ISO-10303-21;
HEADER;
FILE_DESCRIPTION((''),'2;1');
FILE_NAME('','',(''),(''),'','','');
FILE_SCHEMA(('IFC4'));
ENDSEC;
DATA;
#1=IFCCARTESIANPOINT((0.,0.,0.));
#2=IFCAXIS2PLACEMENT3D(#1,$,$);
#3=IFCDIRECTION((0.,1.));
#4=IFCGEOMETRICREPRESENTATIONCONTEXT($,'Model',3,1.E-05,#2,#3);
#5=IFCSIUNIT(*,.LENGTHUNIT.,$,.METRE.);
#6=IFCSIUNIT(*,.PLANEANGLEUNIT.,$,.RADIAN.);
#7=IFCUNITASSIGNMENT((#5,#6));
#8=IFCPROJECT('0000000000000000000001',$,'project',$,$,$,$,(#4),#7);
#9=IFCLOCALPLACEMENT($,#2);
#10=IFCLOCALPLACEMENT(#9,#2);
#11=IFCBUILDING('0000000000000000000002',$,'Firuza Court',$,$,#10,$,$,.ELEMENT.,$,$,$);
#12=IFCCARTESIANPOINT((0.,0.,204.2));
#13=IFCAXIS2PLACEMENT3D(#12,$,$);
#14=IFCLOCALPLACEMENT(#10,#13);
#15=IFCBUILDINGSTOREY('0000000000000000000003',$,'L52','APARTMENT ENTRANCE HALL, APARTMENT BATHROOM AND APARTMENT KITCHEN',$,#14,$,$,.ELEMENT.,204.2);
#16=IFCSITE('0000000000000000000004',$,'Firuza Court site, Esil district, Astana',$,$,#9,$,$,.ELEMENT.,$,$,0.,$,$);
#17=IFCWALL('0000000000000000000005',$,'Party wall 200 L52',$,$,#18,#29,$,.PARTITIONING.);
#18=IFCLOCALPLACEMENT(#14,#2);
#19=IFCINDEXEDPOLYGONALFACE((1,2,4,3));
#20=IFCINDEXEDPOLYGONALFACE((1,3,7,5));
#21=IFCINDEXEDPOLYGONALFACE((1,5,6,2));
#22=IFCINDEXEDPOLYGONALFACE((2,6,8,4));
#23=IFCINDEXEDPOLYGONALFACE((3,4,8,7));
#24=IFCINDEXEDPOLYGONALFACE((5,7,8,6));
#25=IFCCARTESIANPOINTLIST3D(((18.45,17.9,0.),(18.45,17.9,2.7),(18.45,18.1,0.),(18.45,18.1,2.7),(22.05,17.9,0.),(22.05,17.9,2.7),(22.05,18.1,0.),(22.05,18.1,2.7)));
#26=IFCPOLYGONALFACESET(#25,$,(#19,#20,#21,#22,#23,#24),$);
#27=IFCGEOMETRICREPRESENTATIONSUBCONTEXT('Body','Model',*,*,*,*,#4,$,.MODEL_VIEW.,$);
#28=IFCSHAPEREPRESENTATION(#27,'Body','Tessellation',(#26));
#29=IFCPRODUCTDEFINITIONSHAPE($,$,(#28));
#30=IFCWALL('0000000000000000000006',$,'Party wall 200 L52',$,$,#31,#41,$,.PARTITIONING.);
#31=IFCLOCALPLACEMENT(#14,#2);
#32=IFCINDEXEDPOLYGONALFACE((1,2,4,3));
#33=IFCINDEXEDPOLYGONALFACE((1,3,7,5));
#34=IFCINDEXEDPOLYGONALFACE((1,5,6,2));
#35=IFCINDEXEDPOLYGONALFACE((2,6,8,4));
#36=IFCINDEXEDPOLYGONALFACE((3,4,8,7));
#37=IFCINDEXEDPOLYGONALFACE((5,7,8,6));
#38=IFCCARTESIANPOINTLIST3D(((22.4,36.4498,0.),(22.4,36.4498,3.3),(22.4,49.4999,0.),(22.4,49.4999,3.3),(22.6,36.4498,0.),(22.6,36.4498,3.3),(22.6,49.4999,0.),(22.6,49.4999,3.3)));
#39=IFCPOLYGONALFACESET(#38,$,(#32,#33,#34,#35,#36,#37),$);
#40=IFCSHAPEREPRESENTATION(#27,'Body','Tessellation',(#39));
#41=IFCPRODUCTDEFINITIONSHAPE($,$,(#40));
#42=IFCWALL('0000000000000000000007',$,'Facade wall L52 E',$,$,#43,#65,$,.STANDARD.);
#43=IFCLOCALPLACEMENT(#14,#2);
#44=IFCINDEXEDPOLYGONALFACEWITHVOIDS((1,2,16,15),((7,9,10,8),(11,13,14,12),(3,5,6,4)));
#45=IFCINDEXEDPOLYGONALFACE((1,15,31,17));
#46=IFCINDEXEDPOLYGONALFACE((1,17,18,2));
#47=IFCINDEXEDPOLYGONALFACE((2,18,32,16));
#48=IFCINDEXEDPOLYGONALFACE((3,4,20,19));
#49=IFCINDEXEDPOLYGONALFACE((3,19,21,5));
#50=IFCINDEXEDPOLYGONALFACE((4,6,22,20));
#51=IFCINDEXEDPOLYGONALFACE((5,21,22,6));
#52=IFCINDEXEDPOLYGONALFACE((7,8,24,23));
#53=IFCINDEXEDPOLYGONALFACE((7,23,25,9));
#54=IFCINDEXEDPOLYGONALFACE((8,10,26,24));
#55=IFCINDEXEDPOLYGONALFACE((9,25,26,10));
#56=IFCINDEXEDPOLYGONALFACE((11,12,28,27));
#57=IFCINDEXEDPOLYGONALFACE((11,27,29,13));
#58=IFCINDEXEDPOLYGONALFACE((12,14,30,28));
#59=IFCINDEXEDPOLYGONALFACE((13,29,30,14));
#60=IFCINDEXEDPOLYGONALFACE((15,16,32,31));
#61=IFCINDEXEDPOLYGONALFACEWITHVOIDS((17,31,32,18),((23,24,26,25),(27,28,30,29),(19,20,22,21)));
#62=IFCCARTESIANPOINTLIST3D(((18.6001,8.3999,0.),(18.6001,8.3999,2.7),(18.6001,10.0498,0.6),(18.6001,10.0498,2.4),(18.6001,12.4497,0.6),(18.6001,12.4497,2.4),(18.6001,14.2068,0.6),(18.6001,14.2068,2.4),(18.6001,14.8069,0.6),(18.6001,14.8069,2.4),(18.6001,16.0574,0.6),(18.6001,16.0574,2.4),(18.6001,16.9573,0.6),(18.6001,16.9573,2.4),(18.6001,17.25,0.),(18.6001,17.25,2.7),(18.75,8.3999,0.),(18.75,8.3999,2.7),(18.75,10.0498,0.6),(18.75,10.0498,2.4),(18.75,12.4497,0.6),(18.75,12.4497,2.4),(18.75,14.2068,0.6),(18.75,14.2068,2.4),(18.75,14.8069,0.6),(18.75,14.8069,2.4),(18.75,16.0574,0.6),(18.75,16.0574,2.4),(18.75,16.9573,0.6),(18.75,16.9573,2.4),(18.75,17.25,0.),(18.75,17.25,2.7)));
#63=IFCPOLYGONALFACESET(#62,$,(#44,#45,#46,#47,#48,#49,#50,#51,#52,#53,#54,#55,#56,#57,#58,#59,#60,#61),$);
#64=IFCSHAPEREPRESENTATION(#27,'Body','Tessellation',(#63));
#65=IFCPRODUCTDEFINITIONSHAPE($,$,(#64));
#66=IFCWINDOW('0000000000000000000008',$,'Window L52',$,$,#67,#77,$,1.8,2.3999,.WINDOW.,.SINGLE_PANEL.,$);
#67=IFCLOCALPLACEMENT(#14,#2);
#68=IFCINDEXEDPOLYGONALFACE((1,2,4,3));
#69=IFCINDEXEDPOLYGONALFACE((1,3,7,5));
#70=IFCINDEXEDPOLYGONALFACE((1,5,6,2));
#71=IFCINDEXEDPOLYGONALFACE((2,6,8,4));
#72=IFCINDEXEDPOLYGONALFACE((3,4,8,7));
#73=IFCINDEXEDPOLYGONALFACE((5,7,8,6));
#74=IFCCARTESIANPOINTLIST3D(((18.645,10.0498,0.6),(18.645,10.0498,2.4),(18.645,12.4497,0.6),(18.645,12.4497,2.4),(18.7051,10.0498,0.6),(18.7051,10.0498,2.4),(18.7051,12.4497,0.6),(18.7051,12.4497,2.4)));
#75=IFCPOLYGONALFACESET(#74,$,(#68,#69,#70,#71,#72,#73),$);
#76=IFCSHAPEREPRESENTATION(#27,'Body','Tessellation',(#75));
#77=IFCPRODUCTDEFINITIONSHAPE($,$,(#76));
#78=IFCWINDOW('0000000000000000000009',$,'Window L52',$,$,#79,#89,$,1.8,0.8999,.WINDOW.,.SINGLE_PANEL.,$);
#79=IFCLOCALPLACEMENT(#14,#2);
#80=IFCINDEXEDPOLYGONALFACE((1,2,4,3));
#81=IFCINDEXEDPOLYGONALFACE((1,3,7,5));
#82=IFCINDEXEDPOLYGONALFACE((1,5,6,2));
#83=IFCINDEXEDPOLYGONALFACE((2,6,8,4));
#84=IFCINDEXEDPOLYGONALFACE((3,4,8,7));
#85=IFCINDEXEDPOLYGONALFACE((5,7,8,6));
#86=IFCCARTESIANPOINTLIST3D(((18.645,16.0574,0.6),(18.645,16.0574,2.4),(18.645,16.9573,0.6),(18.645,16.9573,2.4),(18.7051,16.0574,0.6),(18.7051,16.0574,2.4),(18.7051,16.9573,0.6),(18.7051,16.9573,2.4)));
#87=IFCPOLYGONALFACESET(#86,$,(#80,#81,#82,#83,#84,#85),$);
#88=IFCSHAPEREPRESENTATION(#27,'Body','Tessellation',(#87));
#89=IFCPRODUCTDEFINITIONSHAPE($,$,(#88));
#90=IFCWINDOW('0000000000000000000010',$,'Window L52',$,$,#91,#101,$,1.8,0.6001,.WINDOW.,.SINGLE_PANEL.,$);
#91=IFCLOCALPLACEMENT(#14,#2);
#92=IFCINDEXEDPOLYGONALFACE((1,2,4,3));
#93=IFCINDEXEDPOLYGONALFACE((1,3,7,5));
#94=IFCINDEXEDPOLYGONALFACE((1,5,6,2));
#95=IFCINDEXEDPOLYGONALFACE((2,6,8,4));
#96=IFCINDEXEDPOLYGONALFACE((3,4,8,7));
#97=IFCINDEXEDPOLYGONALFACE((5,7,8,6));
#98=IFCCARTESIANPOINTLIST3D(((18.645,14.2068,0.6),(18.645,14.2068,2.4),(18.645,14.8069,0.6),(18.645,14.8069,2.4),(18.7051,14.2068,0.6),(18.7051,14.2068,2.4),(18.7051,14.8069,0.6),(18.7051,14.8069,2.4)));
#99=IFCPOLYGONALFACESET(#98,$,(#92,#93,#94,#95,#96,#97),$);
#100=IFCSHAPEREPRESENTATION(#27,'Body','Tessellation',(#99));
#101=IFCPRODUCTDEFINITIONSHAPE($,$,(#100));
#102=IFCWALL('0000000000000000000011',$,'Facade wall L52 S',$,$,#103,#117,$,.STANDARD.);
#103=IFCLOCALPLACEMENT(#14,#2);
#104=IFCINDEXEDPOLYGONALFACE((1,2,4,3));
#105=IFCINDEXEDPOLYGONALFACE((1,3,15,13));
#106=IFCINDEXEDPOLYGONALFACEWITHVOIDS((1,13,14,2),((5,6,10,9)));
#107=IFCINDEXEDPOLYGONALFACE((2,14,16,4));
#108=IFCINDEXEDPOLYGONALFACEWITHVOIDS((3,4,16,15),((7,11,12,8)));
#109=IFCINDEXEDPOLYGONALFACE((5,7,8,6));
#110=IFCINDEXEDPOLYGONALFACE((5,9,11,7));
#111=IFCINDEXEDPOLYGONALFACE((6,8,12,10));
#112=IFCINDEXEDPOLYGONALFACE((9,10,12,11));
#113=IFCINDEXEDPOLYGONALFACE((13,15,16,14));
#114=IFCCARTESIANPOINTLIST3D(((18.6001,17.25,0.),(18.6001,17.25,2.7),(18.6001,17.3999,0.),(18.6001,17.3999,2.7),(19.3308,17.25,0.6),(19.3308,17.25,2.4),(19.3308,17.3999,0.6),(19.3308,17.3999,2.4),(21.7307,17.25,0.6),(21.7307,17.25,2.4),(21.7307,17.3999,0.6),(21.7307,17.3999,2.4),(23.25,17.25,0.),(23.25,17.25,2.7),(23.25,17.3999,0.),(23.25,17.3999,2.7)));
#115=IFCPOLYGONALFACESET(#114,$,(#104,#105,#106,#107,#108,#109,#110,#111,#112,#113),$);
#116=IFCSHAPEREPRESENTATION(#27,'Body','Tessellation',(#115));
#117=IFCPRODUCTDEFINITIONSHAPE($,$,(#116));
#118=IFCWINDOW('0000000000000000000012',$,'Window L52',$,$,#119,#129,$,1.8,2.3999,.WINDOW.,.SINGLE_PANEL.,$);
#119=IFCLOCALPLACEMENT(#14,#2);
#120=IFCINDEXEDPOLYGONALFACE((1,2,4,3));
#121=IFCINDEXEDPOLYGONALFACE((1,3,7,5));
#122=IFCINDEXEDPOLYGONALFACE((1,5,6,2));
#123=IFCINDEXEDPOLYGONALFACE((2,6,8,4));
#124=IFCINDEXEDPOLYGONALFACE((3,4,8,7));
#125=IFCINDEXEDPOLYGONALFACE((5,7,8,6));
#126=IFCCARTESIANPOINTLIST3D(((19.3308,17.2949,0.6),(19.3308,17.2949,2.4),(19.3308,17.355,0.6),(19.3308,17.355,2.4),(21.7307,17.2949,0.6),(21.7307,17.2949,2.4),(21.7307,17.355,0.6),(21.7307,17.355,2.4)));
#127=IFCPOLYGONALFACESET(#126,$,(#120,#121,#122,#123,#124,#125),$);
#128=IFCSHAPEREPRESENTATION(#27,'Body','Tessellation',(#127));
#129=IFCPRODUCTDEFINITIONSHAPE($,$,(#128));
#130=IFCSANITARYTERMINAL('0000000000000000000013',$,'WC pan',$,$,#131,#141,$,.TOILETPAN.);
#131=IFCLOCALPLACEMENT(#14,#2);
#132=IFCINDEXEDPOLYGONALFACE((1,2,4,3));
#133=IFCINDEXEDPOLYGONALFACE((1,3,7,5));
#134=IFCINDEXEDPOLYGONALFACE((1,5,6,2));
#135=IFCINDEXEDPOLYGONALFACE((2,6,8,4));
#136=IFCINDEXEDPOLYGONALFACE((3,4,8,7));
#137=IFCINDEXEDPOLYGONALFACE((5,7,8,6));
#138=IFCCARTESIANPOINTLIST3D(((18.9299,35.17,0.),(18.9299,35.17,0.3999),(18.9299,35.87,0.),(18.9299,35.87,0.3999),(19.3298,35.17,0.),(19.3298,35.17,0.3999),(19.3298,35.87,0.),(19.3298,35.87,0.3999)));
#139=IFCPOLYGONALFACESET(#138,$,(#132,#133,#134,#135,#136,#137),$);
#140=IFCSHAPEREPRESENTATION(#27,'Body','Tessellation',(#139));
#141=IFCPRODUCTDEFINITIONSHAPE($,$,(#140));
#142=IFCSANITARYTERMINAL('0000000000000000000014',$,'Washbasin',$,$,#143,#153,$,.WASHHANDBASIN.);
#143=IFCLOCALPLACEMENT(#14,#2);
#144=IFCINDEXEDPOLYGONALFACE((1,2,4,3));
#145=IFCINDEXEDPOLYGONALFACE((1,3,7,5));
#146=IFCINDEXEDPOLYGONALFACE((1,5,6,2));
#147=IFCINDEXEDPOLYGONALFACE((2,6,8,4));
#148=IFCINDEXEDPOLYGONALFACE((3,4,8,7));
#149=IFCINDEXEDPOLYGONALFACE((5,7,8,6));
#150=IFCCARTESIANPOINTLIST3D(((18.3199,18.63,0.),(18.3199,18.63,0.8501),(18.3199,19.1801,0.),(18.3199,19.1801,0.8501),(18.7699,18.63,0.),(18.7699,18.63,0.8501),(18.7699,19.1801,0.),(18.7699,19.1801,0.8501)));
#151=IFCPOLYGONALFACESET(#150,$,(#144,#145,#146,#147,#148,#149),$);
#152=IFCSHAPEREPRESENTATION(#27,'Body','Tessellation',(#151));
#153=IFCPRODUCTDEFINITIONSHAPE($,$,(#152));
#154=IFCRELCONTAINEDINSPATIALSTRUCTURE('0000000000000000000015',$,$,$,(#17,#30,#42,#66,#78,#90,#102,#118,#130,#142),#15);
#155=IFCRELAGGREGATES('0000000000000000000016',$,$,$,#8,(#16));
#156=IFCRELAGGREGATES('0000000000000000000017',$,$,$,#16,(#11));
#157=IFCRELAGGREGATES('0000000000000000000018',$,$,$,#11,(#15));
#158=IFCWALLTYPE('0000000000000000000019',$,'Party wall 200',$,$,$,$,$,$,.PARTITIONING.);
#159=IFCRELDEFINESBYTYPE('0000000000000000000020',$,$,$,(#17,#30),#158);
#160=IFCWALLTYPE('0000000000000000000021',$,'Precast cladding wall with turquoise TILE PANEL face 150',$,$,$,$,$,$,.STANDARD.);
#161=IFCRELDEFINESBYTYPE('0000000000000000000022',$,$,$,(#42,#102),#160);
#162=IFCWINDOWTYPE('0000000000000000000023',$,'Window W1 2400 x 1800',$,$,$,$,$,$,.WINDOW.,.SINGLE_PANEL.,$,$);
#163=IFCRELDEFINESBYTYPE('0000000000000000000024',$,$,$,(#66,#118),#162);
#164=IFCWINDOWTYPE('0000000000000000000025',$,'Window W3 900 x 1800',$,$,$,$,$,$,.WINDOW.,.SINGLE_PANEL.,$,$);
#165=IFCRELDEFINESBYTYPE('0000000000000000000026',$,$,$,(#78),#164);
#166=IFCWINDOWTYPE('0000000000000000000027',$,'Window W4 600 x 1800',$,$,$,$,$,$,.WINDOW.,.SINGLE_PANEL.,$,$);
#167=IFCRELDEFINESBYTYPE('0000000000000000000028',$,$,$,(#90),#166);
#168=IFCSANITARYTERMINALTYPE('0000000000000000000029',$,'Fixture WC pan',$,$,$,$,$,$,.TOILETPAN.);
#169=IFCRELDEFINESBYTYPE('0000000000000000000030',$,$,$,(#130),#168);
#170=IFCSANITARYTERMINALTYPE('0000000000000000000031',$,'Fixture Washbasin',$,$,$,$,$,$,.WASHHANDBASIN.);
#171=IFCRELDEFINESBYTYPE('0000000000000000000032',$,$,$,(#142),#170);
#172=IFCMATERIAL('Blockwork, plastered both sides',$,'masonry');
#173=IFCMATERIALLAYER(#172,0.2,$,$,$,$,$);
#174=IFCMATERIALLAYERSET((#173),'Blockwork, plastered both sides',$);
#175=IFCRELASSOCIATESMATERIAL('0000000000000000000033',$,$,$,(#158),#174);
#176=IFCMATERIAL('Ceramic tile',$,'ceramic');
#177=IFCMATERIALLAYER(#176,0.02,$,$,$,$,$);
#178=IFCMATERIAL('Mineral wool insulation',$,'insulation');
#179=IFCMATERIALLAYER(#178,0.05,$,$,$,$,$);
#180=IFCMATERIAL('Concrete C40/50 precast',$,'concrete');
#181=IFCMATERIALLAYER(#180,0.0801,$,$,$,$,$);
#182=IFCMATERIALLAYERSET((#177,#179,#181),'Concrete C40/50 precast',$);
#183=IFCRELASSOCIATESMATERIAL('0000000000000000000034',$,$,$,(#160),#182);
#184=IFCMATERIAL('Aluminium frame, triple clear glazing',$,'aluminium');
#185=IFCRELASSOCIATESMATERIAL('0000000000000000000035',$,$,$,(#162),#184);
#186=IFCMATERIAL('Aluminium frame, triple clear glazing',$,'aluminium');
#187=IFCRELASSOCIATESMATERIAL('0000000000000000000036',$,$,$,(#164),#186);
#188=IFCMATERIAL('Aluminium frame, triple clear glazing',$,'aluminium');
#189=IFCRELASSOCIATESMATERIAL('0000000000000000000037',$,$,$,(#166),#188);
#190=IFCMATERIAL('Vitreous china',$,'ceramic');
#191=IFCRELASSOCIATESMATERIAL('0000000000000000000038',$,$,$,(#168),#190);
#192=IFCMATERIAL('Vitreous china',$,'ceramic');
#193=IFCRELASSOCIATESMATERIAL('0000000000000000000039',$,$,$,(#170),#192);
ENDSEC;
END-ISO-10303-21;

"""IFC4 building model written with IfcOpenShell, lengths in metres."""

from ifc_helpers import new_model, si_unit, direction, frame, frame_2d, origin, origin_2d, place, context, subcontext, project, spatial, rectangle, extrude, material, layer, layer_set, type_object, element, fill, save


model = new_model("IFC4")

# Units and contexts
model_context = context("Model", 3, precision=1e-05, world=origin(), true_north=direction((0.0, 1.0)))
body_context = subcontext(model_context, "Body", "Model", "MODEL_VIEW")
ifc_project = project(units=[si_unit("LENGTHUNIT", "METRE"), si_unit("PLANEANGLEUNIT", "RADIAN")], contexts=[model_context])

# Site, building, storey
site_placement = place(None, origin())
site = spatial("IfcSite", under=ifc_project, at=site_placement, Name="Firuza Court site, Esil district, Astana", CompositionType="ELEMENT", RefElevation=0.0)
building_placement = place(site_placement, origin())
building = spatial("IfcBuilding", under=site, at=building_placement, Name="Firuza Court", CompositionType="ELEMENT")
storey_placement = place(building_placement, frame((0.0, 0.0, 204.2)))
storey = spatial("IfcBuildingStorey", under=building, at=storey_placement, Name="L52", Description="APARTMENT ENTRANCE HALL, APARTMENT BATHROOM AND APARTMENT KITCHEN", CompositionType="ELEMENT", Elevation=204.2)

# Walls
ifc_material_1 = material(Name="Blockwork, plastered both sides", Category="masonry")
ifc_layer_1 = layer(ifc_material_1, 0.2)
ifc_layer_set_1 = layer_set([ifc_layer_1], Name="Blockwork, plastered both sides")
wall_type_1 = type_object("IfcWallType", Name="Party wall 200", PredefinedType="PARTITIONING", material=ifc_layer_set_1)
wall_1_placement = place(storey_placement, frame((18.45, 18.0, 0.0), z_axis=(0.0, 0.0, 1.0), x_axis=(1.0, 0.0, 0.0)))
element("IfcWall", 1, at=wall_1_placement, inside=storey, type_object=wall_type_1, Name="Party wall 200 L52", PredefinedType="PARTITIONING", context=body_context, shape_type="SweptSolid", body=[
    extrude(rectangle(XDim=3.6001, YDim=0.2, at=frame_2d((1.8, 0.0))), origin(), (0.0, 0.0, 1.0), 2.7),
])
wall_2_placement = place(storey_placement, frame((22.5, 36.45, 0.0), z_axis=(0.0, 0.0, 1.0), x_axis=(0.0, 1.0, 0.0)))
element("IfcWall", 2, at=wall_2_placement, inside=storey, type_object=wall_type_1, Name="Party wall 200 L52", PredefinedType="PARTITIONING", context=body_context, shape_type="SweptSolid", body=[
    extrude(rectangle(XDim=13.05, YDim=0.2, at=frame_2d((6.5249, 0.0))), origin(), (0.0, 0.0, 1.0), 3.3),
])

# Wall, openings, windows
ifc_material_2 = material(Name="Ceramic tile", Category="ceramic")
ifc_layer_2 = layer(ifc_material_2, 0.02)
ifc_material_3 = material(Name="Mineral wool insulation", Category="insulation")
ifc_layer_3 = layer(ifc_material_3, 0.05)
ifc_material_4 = material(Name="Concrete C40/50 precast", Category="concrete")
ifc_layer_4 = layer(ifc_material_4, 0.0801)
ifc_layer_set_2 = layer_set([ifc_layer_2, ifc_layer_3, ifc_layer_4], Name="Concrete C40/50 precast")
wall_type_2 = type_object("IfcWallType", Name="Precast cladding wall with turquoise TILE PANEL face 150", PredefinedType="STANDARD", material=ifc_layer_set_2)
wall_3_placement = place(storey_placement, frame((18.675, 8.3999, 0.0), z_axis=(0.0, 0.0, 1.0), x_axis=(0.0, 1.0, 0.0)))
wall_3 = element("IfcWall", 3, at=wall_3_placement, inside=storey, type_object=wall_type_2, Name="Facade wall L52 E", PredefinedType="STANDARD", context=body_context, shape_type="SweptSolid", body=[
    extrude(rectangle(XDim=8.8501, YDim=0.1499, at=frame_2d((4.425, 0.0))), origin(), (0.0, 0.0, 1.0), 2.7),
])
opening_1_placement = place(wall_3_placement, frame((1.6499, 0.0, 0.6001)))
opening_1 = element("IfcOpeningElement", 4, at=opening_1_placement, cuts=wall_3, PredefinedType="OPENING", context=body_context, shape_type="SweptSolid", body=[
    extrude(rectangle(XDim=2.3999, YDim=1.8, at=frame_2d((1.2, 0.8999))), frame((0.0, 0.0869, 0.0), z_axis=(0.0, -1.0, 0.0), x_axis=(1.0, 0.0, 0.0)), (0.0, 0.0, 1.0), 0.1738),
])
opening_2_placement = place(wall_3_placement, frame((5.8069, 0.0, 0.6001)))
opening_2 = element("IfcOpeningElement", 5, at=opening_2_placement, cuts=wall_3, PredefinedType="OPENING", context=body_context, shape_type="SweptSolid", body=[
    extrude(rectangle(XDim=0.6001, YDim=1.8, at=frame_2d((0.3, 0.8999))), frame((0.0, 0.0869, 0.0), z_axis=(0.0, -1.0, 0.0), x_axis=(1.0, 0.0, 0.0)), (0.0, 0.0, 1.0), 0.1738),
])
opening_3_placement = place(wall_3_placement, frame((7.6575, 0.0, 0.6001)))
opening_3 = element("IfcOpeningElement", 6, at=opening_3_placement, cuts=wall_3, PredefinedType="OPENING", context=body_context, shape_type="SweptSolid", body=[
    extrude(rectangle(XDim=0.8999, YDim=1.8, at=frame_2d((0.45, 0.8999))), frame((0.0, 0.0869, 0.0), z_axis=(0.0, -1.0, 0.0), x_axis=(1.0, 0.0, 0.0)), (0.0, 0.0, 1.0), 0.1738),
])
ifc_material_5 = material(Name="Aluminium frame, triple clear glazing", Category="aluminium")
window_type_1 = type_object("IfcWindowType", Name="Window W1 2400 x 1800", PartitioningType="SINGLE_PANEL", PredefinedType="WINDOW", material=ifc_material_5)
window_1_placement = place(opening_1_placement, origin())
window_1 = element("IfcWindow", 7, at=window_1_placement, inside=storey, type_object=window_type_1, Name="Window L52", OverallHeight=1.8, OverallWidth=2.3999, PartitioningType="SINGLE_PANEL", PredefinedType="WINDOW", context=body_context, shape_type="SweptSolid", body=[
    extrude(rectangle(XDim=2.3999, YDim=1.8, at=frame_2d((1.2, 0.8999))), frame((0.0, 0.03, 0.0), z_axis=(0.0, -1.0, 0.0), x_axis=(1.0, 0.0, 0.0)), (0.0, 0.0, 1.0), 0.0601),
])
fill(opening_1, window_1)
ifc_material_6 = material(Name="Aluminium frame, triple clear glazing", Category="aluminium")
window_type_2 = type_object("IfcWindowType", Name="Window W3 900 x 1800", PartitioningType="SINGLE_PANEL", PredefinedType="WINDOW", material=ifc_material_6)
window_2_placement = place(opening_3_placement, origin())
window_2 = element("IfcWindow", 8, at=window_2_placement, inside=storey, type_object=window_type_2, Name="Window L52", OverallHeight=1.8, OverallWidth=0.8999, PartitioningType="SINGLE_PANEL", PredefinedType="WINDOW", context=body_context, shape_type="SweptSolid", body=[
    extrude(rectangle(XDim=0.8999, YDim=1.8, at=frame_2d((0.45, 0.8999))), frame((0.0, 0.03, 0.0), z_axis=(0.0, -1.0, 0.0), x_axis=(1.0, 0.0, 0.0)), (0.0, 0.0, 1.0), 0.0601),
])
fill(opening_3, window_2)
ifc_material_7 = material(Name="Aluminium frame, triple clear glazing", Category="aluminium")
window_type_3 = type_object("IfcWindowType", Name="Window W4 600 x 1800", PartitioningType="SINGLE_PANEL", PredefinedType="WINDOW", material=ifc_material_7)
window_3_placement = place(opening_2_placement, origin())
window_3 = element("IfcWindow", 9, at=window_3_placement, inside=storey, type_object=window_type_3, Name="Window L52", OverallHeight=1.8, OverallWidth=0.6001, PartitioningType="SINGLE_PANEL", PredefinedType="WINDOW", context=body_context, shape_type="SweptSolid", body=[
    extrude(rectangle(XDim=0.6001, YDim=1.8, at=frame_2d((0.3, 0.8999))), frame((0.0, 0.03, 0.0), z_axis=(0.0, -1.0, 0.0), x_axis=(1.0, 0.0, 0.0)), (0.0, 0.0, 1.0), 0.0601),
])
fill(opening_2, window_3)

# Wall, opening, window
wall_4_placement = place(storey_placement, frame((18.6001, 17.325, 0.0), z_axis=(0.0, 0.0, 1.0), x_axis=(1.0, 0.0, 0.0)))
wall_4 = element("IfcWall", 10, at=wall_4_placement, inside=storey, type_object=wall_type_2, Name="Facade wall L52 S", PredefinedType="STANDARD", context=body_context, shape_type="SweptSolid", body=[
    extrude(rectangle(XDim=4.6499, YDim=0.1499, at=frame_2d((2.325, 0.0))), origin(), (0.0, 0.0, 1.0), 2.7),
])
opening_4_placement = place(wall_4_placement, frame((0.7307, 0.0, 0.6001)))
opening_4 = element("IfcOpeningElement", 11, at=opening_4_placement, cuts=wall_4, PredefinedType="OPENING", context=body_context, shape_type="SweptSolid", body=[
    extrude(rectangle(XDim=2.3999, YDim=1.8, at=frame_2d((1.2, 0.8999))), frame((0.0, 0.0869, 0.0), z_axis=(0.0, -1.0, 0.0), x_axis=(1.0, 0.0, 0.0)), (0.0, 0.0, 1.0), 0.1738),
])
window_4_placement = place(opening_4_placement, origin())
window_4 = element("IfcWindow", 12, at=window_4_placement, inside=storey, type_object=window_type_1, Name="Window L52", OverallHeight=1.8, OverallWidth=2.3999, PartitioningType="SINGLE_PANEL", PredefinedType="WINDOW", context=body_context, shape_type="SweptSolid", body=[
    extrude(rectangle(XDim=2.3999, YDim=1.8, at=frame_2d((1.2, 0.8999))), frame((0.0, 0.03, 0.0), z_axis=(0.0, -1.0, 0.0), x_axis=(1.0, 0.0, 0.0)), (0.0, 0.0, 1.0), 0.0601),
])
fill(opening_4, window_4)

# Sanitary terminals
ifc_material_8 = material(Name="Vitreous china", Category="ceramic")
sanitary_terminal_type_1 = type_object("IfcSanitaryTerminalType", Name="Fixture WC pan", PredefinedType="TOILETPAN", material=ifc_material_8)
sanitary_terminal_1_placement = place(storey_placement, frame((19.1299, 35.52, 0.0), z_axis=(0.0, 0.0, 1.0), x_axis=(1.0, 0.0, 0.0)))
element("IfcSanitaryTerminal", 13, at=sanitary_terminal_1_placement, inside=storey, type_object=sanitary_terminal_type_1, Name="WC pan", PredefinedType="TOILETPAN", context=body_context, shape_type="SweptSolid", body=[
    extrude(rectangle(XDim=0.3999, YDim=0.7, at=origin_2d()), origin(), (0.0, 0.0, 1.0), 0.3999),
])
ifc_material_9 = material(Name="Vitreous china", Category="ceramic")
sanitary_terminal_type_2 = type_object("IfcSanitaryTerminalType", Name="Fixture Washbasin", PredefinedType="WASHHANDBASIN", material=ifc_material_9)
sanitary_terminal_2_placement = place(storey_placement, frame((18.5449, 18.905, 0.0), z_axis=(0.0, 0.0, 1.0), x_axis=(1.0, 0.0, 0.0)))
element("IfcSanitaryTerminal", 14, at=sanitary_terminal_2_placement, inside=storey, type_object=sanitary_terminal_type_2, Name="Washbasin", PredefinedType="WASHHANDBASIN", context=body_context, shape_type="SweptSolid", body=[
    extrude(rectangle(XDim=0.45, YDim=0.55, at=origin_2d()), origin(), (0.0, 0.0, 1.0), 0.8501),
])

save(model, "model.ifc")
